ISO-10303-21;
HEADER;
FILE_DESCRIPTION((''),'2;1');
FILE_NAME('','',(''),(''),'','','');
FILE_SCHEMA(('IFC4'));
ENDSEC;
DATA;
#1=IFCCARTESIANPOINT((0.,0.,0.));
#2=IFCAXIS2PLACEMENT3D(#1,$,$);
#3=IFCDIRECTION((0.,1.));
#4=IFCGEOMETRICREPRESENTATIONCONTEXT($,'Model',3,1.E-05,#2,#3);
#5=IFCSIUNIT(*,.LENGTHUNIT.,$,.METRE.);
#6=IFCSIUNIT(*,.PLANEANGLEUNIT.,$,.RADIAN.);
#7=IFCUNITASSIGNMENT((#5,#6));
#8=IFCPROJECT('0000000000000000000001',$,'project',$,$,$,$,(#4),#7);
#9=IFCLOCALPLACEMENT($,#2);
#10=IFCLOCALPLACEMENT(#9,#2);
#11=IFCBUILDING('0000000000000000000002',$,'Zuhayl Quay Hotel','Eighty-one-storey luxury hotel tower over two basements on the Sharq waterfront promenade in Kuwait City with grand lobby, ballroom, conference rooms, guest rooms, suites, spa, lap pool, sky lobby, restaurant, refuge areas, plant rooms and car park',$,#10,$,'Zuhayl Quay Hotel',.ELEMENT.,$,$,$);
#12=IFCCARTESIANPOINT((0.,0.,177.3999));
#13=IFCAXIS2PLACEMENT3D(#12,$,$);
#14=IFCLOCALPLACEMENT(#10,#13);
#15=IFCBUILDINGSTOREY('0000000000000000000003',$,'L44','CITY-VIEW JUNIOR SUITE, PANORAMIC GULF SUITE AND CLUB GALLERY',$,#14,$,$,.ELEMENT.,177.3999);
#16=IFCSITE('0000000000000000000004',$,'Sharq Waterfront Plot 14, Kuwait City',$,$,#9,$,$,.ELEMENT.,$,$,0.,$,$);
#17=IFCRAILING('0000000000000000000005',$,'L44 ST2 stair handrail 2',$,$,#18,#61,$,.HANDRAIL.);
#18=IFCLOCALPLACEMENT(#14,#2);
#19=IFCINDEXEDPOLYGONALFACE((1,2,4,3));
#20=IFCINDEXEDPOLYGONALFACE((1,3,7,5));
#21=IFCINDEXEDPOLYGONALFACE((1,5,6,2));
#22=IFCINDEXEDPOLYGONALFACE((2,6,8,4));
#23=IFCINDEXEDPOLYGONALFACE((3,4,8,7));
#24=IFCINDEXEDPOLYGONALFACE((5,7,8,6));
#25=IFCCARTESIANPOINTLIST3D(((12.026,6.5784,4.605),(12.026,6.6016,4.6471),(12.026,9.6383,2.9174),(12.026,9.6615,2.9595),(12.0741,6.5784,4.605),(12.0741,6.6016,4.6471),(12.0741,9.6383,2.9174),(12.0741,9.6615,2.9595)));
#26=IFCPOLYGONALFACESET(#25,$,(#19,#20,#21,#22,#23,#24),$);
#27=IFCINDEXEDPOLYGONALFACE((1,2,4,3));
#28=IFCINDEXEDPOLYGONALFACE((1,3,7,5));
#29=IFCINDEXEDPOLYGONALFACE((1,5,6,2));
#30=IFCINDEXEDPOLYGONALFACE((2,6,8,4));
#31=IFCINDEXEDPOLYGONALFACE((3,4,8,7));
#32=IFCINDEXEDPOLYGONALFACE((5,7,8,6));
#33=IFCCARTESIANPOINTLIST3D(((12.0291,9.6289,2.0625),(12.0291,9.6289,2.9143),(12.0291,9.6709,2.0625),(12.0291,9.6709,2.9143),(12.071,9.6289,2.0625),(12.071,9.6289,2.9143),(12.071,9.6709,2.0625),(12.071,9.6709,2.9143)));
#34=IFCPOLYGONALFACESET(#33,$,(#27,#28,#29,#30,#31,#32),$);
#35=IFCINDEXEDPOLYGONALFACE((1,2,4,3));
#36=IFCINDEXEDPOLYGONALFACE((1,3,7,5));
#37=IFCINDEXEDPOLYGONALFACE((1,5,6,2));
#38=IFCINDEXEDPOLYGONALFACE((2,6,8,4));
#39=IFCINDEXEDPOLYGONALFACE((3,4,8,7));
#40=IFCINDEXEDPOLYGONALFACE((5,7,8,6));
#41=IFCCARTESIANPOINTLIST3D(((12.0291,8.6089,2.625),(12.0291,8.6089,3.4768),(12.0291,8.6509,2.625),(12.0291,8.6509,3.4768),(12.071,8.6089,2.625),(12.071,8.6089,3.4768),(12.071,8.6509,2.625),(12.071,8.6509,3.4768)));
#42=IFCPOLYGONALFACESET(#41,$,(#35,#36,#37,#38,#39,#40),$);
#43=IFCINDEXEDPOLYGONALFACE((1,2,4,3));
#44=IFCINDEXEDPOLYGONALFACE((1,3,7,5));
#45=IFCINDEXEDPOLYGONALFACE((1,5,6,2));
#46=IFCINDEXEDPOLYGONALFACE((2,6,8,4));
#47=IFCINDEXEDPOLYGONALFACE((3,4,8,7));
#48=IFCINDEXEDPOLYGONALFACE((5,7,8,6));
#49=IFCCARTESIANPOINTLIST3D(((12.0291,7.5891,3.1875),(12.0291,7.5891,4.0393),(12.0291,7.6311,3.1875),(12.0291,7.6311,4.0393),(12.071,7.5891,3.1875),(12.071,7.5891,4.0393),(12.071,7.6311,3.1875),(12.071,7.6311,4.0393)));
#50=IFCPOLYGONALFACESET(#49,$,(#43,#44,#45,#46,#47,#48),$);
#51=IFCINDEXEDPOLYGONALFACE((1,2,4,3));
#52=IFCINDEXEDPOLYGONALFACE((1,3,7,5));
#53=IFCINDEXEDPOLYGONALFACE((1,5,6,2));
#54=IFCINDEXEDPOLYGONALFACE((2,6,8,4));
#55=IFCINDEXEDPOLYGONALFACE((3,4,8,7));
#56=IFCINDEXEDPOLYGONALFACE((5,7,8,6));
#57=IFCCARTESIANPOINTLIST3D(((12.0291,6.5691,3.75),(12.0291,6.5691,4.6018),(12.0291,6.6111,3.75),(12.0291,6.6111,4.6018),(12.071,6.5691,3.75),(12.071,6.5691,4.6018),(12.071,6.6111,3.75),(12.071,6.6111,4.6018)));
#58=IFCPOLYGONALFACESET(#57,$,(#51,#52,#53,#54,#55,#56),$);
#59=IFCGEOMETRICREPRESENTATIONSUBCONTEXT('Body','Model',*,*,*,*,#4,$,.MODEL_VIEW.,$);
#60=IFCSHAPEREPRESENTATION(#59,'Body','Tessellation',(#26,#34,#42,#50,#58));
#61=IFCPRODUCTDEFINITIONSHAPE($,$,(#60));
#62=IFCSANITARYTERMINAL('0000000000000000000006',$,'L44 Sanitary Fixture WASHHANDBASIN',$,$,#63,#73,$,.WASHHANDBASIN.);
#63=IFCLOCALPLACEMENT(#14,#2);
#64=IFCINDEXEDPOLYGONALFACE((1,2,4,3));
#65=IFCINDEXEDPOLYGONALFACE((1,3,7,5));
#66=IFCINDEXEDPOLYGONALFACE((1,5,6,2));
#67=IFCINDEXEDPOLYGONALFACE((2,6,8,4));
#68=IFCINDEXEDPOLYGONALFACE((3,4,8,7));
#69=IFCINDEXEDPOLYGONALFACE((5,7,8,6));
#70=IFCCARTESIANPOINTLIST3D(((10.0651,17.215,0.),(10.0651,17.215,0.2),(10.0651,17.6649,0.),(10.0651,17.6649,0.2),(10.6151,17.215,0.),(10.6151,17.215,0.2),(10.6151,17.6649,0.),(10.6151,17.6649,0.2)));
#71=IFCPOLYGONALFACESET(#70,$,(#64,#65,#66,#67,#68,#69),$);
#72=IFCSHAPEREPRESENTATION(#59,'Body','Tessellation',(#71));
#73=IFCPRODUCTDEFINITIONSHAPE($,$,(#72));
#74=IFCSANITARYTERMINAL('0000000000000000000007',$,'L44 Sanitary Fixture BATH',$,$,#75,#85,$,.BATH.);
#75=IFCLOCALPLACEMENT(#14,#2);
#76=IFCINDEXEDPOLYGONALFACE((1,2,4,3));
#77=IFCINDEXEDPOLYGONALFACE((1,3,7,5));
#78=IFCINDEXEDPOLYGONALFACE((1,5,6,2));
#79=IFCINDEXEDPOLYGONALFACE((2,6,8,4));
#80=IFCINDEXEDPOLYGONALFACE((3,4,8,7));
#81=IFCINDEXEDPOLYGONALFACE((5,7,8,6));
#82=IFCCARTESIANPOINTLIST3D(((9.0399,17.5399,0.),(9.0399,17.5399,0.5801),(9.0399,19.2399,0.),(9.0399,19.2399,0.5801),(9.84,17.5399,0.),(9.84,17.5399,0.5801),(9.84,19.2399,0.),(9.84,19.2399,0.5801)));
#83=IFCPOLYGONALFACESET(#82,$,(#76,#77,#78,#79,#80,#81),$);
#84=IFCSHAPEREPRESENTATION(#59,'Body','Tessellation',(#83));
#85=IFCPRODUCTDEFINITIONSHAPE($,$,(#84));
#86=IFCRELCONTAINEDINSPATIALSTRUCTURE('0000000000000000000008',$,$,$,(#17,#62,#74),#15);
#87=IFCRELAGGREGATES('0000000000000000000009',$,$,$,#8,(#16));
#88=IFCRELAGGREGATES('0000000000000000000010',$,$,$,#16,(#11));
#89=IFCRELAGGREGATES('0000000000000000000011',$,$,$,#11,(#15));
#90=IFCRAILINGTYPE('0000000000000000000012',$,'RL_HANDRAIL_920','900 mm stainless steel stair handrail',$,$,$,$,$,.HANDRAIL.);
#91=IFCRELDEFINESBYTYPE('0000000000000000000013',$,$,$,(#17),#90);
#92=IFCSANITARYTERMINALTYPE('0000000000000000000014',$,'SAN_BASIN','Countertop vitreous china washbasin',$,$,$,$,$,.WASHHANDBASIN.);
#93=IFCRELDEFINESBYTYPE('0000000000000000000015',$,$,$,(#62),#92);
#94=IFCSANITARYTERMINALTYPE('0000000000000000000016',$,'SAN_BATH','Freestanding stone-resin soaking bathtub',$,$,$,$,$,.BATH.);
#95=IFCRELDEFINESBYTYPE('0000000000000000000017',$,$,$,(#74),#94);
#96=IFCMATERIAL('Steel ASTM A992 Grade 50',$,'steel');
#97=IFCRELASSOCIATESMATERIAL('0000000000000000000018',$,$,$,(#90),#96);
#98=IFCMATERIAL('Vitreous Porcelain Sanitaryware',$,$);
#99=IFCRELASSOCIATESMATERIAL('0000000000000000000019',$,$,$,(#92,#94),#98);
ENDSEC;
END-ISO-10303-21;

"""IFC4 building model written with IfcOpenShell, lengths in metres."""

from ifc_helpers import new_model, si_unit, direction, frame, origin, origin_2d, place, context, subcontext, project, spatial, rectangle, extrude, material, type_object, element, save


model = new_model("IFC4")

# Units and contexts
model_context = context("Model", 3, precision=1e-05, world=origin(), true_north=direction((0.0, 1.0)))
body_context = subcontext(model_context, "Body", "Model", "MODEL_VIEW")
ifc_project = project(units=[si_unit("LENGTHUNIT", "METRE"), si_unit("PLANEANGLEUNIT", "RADIAN")], contexts=[model_context])

# Site, building, storey
site_placement = place(None, origin())
site = spatial("IfcSite", under=ifc_project, at=site_placement, Name="Sharq Waterfront Plot 14, Kuwait City", CompositionType="ELEMENT", RefElevation=0.0)
building_placement = place(site_placement, origin())
building = spatial("IfcBuilding", under=site, at=building_placement, Name="Zuhayl Quay Hotel", Description="Eighty-one-storey luxury hotel tower over two basements on the Sharq waterfront promenade in Kuwait City with grand lobby, ballroom, conference rooms, guest rooms, suites, spa, lap pool, sky lobby, restaurant, refuge areas, plant rooms and car park", LongName="Zuhayl Quay Hotel", CompositionType="ELEMENT")
storey_placement = place(building_placement, frame((0.0, 0.0, 177.3999)))
storey = spatial("IfcBuildingStorey", under=building, at=storey_placement, Name="L44", Description="CITY-VIEW JUNIOR SUITE, PANORAMIC GULF SUITE AND CLUB GALLERY", CompositionType="ELEMENT", Elevation=177.3999)

# Shared definitions
ifc_material_1 = material(Name="Steel ASTM A992 Grade 50", Category="steel")

# Railing
railing_type_1 = type_object("IfcRailingType", Name="RL_HANDRAIL_920", Description="900 mm stainless steel stair handrail", PredefinedType="HANDRAIL", material=ifc_material_1)
railing_1_placement = place(storey_placement, frame((12.05, 9.6499, 2.0625)))
element("IfcRailing", 1, at=railing_1_placement, inside=storey, type_object=railing_type_1, Name="L44 ST2 stair handrail 2", PredefinedType="HANDRAIL", context=body_context, shape_type="SweptSolid", body=[
    extrude(rectangle(XDim=0.0481, YDim=0.0481, at=origin_2d()), frame((0.0, 0.0, 0.876), z_axis=(0.0, -0.875659, 0.48293), x_axis=(1.0, 0.0, 0.0)), (0.0, 0.0, 1.0), 3.4944),
    extrude(rectangle(XDim=0.042, YDim=0.042, at=origin_2d()), origin(), (0.0, 0.0, 1.0), 0.8518),
    extrude(rectangle(XDim=0.042, YDim=0.042, at=origin_2d()), frame((0.0, -1.02, 0.5625)), (0.0, 0.0, 1.0), 0.8518),
    extrude(rectangle(XDim=0.042, YDim=0.042, at=origin_2d()), frame((0.0, -2.0398, 1.125)), (0.0, 0.0, 1.0), 0.8518),
    extrude(rectangle(XDim=0.042, YDim=0.042, at=origin_2d()), frame((0.0, -3.0598, 1.6875)), (0.0, 0.0, 1.0), 0.8518),
])

# Sanitary terminals
ifc_material_2 = material(Name="Vitreous Porcelain Sanitaryware")
sanitary_terminal_type_1 = type_object("IfcSanitaryTerminalType", Name="SAN_BASIN", Description="Countertop vitreous china washbasin", PredefinedType="WASHHANDBASIN", material=ifc_material_2)
sanitary_terminal_1_placement = place(storey_placement, frame((10.3401, 17.4399, 0.0), z_axis=(0.0, 0.0, 1.0), x_axis=(1.0, 0.0, 0.0)))
element("IfcSanitaryTerminal", 2, at=sanitary_terminal_1_placement, inside=storey, type_object=sanitary_terminal_type_1, Name="L44 Sanitary Fixture WASHHANDBASIN", PredefinedType="WASHHANDBASIN", context=body_context, shape_type="SweptSolid", body=[
    extrude(rectangle(XDim=0.55, YDim=0.45, at=origin_2d()), origin(), (0.0, 0.0, 1.0), 0.2),
])
sanitary_terminal_type_2 = type_object("IfcSanitaryTerminalType", Name="SAN_BATH", Description="Freestanding stone-resin soaking bathtub", PredefinedType="BATH", material=ifc_material_2)
sanitary_terminal_2_placement = place(storey_placement, frame((9.4399, 18.3899, 0.0), z_axis=(0.0, 0.0, 1.0), x_axis=(1.0, 0.0, 0.0)))
element("IfcSanitaryTerminal", 3, at=sanitary_terminal_2_placement, inside=storey, type_object=sanitary_terminal_type_2, Name="L44 Sanitary Fixture BATH", PredefinedType="BATH", context=body_context, shape_type="SweptSolid", body=[
    extrude(rectangle(XDim=0.8, YDim=1.7, at=origin_2d()), origin(), (0.0, 0.0, 1.0), 0.5801),
])

save(model, "model.ifc")
